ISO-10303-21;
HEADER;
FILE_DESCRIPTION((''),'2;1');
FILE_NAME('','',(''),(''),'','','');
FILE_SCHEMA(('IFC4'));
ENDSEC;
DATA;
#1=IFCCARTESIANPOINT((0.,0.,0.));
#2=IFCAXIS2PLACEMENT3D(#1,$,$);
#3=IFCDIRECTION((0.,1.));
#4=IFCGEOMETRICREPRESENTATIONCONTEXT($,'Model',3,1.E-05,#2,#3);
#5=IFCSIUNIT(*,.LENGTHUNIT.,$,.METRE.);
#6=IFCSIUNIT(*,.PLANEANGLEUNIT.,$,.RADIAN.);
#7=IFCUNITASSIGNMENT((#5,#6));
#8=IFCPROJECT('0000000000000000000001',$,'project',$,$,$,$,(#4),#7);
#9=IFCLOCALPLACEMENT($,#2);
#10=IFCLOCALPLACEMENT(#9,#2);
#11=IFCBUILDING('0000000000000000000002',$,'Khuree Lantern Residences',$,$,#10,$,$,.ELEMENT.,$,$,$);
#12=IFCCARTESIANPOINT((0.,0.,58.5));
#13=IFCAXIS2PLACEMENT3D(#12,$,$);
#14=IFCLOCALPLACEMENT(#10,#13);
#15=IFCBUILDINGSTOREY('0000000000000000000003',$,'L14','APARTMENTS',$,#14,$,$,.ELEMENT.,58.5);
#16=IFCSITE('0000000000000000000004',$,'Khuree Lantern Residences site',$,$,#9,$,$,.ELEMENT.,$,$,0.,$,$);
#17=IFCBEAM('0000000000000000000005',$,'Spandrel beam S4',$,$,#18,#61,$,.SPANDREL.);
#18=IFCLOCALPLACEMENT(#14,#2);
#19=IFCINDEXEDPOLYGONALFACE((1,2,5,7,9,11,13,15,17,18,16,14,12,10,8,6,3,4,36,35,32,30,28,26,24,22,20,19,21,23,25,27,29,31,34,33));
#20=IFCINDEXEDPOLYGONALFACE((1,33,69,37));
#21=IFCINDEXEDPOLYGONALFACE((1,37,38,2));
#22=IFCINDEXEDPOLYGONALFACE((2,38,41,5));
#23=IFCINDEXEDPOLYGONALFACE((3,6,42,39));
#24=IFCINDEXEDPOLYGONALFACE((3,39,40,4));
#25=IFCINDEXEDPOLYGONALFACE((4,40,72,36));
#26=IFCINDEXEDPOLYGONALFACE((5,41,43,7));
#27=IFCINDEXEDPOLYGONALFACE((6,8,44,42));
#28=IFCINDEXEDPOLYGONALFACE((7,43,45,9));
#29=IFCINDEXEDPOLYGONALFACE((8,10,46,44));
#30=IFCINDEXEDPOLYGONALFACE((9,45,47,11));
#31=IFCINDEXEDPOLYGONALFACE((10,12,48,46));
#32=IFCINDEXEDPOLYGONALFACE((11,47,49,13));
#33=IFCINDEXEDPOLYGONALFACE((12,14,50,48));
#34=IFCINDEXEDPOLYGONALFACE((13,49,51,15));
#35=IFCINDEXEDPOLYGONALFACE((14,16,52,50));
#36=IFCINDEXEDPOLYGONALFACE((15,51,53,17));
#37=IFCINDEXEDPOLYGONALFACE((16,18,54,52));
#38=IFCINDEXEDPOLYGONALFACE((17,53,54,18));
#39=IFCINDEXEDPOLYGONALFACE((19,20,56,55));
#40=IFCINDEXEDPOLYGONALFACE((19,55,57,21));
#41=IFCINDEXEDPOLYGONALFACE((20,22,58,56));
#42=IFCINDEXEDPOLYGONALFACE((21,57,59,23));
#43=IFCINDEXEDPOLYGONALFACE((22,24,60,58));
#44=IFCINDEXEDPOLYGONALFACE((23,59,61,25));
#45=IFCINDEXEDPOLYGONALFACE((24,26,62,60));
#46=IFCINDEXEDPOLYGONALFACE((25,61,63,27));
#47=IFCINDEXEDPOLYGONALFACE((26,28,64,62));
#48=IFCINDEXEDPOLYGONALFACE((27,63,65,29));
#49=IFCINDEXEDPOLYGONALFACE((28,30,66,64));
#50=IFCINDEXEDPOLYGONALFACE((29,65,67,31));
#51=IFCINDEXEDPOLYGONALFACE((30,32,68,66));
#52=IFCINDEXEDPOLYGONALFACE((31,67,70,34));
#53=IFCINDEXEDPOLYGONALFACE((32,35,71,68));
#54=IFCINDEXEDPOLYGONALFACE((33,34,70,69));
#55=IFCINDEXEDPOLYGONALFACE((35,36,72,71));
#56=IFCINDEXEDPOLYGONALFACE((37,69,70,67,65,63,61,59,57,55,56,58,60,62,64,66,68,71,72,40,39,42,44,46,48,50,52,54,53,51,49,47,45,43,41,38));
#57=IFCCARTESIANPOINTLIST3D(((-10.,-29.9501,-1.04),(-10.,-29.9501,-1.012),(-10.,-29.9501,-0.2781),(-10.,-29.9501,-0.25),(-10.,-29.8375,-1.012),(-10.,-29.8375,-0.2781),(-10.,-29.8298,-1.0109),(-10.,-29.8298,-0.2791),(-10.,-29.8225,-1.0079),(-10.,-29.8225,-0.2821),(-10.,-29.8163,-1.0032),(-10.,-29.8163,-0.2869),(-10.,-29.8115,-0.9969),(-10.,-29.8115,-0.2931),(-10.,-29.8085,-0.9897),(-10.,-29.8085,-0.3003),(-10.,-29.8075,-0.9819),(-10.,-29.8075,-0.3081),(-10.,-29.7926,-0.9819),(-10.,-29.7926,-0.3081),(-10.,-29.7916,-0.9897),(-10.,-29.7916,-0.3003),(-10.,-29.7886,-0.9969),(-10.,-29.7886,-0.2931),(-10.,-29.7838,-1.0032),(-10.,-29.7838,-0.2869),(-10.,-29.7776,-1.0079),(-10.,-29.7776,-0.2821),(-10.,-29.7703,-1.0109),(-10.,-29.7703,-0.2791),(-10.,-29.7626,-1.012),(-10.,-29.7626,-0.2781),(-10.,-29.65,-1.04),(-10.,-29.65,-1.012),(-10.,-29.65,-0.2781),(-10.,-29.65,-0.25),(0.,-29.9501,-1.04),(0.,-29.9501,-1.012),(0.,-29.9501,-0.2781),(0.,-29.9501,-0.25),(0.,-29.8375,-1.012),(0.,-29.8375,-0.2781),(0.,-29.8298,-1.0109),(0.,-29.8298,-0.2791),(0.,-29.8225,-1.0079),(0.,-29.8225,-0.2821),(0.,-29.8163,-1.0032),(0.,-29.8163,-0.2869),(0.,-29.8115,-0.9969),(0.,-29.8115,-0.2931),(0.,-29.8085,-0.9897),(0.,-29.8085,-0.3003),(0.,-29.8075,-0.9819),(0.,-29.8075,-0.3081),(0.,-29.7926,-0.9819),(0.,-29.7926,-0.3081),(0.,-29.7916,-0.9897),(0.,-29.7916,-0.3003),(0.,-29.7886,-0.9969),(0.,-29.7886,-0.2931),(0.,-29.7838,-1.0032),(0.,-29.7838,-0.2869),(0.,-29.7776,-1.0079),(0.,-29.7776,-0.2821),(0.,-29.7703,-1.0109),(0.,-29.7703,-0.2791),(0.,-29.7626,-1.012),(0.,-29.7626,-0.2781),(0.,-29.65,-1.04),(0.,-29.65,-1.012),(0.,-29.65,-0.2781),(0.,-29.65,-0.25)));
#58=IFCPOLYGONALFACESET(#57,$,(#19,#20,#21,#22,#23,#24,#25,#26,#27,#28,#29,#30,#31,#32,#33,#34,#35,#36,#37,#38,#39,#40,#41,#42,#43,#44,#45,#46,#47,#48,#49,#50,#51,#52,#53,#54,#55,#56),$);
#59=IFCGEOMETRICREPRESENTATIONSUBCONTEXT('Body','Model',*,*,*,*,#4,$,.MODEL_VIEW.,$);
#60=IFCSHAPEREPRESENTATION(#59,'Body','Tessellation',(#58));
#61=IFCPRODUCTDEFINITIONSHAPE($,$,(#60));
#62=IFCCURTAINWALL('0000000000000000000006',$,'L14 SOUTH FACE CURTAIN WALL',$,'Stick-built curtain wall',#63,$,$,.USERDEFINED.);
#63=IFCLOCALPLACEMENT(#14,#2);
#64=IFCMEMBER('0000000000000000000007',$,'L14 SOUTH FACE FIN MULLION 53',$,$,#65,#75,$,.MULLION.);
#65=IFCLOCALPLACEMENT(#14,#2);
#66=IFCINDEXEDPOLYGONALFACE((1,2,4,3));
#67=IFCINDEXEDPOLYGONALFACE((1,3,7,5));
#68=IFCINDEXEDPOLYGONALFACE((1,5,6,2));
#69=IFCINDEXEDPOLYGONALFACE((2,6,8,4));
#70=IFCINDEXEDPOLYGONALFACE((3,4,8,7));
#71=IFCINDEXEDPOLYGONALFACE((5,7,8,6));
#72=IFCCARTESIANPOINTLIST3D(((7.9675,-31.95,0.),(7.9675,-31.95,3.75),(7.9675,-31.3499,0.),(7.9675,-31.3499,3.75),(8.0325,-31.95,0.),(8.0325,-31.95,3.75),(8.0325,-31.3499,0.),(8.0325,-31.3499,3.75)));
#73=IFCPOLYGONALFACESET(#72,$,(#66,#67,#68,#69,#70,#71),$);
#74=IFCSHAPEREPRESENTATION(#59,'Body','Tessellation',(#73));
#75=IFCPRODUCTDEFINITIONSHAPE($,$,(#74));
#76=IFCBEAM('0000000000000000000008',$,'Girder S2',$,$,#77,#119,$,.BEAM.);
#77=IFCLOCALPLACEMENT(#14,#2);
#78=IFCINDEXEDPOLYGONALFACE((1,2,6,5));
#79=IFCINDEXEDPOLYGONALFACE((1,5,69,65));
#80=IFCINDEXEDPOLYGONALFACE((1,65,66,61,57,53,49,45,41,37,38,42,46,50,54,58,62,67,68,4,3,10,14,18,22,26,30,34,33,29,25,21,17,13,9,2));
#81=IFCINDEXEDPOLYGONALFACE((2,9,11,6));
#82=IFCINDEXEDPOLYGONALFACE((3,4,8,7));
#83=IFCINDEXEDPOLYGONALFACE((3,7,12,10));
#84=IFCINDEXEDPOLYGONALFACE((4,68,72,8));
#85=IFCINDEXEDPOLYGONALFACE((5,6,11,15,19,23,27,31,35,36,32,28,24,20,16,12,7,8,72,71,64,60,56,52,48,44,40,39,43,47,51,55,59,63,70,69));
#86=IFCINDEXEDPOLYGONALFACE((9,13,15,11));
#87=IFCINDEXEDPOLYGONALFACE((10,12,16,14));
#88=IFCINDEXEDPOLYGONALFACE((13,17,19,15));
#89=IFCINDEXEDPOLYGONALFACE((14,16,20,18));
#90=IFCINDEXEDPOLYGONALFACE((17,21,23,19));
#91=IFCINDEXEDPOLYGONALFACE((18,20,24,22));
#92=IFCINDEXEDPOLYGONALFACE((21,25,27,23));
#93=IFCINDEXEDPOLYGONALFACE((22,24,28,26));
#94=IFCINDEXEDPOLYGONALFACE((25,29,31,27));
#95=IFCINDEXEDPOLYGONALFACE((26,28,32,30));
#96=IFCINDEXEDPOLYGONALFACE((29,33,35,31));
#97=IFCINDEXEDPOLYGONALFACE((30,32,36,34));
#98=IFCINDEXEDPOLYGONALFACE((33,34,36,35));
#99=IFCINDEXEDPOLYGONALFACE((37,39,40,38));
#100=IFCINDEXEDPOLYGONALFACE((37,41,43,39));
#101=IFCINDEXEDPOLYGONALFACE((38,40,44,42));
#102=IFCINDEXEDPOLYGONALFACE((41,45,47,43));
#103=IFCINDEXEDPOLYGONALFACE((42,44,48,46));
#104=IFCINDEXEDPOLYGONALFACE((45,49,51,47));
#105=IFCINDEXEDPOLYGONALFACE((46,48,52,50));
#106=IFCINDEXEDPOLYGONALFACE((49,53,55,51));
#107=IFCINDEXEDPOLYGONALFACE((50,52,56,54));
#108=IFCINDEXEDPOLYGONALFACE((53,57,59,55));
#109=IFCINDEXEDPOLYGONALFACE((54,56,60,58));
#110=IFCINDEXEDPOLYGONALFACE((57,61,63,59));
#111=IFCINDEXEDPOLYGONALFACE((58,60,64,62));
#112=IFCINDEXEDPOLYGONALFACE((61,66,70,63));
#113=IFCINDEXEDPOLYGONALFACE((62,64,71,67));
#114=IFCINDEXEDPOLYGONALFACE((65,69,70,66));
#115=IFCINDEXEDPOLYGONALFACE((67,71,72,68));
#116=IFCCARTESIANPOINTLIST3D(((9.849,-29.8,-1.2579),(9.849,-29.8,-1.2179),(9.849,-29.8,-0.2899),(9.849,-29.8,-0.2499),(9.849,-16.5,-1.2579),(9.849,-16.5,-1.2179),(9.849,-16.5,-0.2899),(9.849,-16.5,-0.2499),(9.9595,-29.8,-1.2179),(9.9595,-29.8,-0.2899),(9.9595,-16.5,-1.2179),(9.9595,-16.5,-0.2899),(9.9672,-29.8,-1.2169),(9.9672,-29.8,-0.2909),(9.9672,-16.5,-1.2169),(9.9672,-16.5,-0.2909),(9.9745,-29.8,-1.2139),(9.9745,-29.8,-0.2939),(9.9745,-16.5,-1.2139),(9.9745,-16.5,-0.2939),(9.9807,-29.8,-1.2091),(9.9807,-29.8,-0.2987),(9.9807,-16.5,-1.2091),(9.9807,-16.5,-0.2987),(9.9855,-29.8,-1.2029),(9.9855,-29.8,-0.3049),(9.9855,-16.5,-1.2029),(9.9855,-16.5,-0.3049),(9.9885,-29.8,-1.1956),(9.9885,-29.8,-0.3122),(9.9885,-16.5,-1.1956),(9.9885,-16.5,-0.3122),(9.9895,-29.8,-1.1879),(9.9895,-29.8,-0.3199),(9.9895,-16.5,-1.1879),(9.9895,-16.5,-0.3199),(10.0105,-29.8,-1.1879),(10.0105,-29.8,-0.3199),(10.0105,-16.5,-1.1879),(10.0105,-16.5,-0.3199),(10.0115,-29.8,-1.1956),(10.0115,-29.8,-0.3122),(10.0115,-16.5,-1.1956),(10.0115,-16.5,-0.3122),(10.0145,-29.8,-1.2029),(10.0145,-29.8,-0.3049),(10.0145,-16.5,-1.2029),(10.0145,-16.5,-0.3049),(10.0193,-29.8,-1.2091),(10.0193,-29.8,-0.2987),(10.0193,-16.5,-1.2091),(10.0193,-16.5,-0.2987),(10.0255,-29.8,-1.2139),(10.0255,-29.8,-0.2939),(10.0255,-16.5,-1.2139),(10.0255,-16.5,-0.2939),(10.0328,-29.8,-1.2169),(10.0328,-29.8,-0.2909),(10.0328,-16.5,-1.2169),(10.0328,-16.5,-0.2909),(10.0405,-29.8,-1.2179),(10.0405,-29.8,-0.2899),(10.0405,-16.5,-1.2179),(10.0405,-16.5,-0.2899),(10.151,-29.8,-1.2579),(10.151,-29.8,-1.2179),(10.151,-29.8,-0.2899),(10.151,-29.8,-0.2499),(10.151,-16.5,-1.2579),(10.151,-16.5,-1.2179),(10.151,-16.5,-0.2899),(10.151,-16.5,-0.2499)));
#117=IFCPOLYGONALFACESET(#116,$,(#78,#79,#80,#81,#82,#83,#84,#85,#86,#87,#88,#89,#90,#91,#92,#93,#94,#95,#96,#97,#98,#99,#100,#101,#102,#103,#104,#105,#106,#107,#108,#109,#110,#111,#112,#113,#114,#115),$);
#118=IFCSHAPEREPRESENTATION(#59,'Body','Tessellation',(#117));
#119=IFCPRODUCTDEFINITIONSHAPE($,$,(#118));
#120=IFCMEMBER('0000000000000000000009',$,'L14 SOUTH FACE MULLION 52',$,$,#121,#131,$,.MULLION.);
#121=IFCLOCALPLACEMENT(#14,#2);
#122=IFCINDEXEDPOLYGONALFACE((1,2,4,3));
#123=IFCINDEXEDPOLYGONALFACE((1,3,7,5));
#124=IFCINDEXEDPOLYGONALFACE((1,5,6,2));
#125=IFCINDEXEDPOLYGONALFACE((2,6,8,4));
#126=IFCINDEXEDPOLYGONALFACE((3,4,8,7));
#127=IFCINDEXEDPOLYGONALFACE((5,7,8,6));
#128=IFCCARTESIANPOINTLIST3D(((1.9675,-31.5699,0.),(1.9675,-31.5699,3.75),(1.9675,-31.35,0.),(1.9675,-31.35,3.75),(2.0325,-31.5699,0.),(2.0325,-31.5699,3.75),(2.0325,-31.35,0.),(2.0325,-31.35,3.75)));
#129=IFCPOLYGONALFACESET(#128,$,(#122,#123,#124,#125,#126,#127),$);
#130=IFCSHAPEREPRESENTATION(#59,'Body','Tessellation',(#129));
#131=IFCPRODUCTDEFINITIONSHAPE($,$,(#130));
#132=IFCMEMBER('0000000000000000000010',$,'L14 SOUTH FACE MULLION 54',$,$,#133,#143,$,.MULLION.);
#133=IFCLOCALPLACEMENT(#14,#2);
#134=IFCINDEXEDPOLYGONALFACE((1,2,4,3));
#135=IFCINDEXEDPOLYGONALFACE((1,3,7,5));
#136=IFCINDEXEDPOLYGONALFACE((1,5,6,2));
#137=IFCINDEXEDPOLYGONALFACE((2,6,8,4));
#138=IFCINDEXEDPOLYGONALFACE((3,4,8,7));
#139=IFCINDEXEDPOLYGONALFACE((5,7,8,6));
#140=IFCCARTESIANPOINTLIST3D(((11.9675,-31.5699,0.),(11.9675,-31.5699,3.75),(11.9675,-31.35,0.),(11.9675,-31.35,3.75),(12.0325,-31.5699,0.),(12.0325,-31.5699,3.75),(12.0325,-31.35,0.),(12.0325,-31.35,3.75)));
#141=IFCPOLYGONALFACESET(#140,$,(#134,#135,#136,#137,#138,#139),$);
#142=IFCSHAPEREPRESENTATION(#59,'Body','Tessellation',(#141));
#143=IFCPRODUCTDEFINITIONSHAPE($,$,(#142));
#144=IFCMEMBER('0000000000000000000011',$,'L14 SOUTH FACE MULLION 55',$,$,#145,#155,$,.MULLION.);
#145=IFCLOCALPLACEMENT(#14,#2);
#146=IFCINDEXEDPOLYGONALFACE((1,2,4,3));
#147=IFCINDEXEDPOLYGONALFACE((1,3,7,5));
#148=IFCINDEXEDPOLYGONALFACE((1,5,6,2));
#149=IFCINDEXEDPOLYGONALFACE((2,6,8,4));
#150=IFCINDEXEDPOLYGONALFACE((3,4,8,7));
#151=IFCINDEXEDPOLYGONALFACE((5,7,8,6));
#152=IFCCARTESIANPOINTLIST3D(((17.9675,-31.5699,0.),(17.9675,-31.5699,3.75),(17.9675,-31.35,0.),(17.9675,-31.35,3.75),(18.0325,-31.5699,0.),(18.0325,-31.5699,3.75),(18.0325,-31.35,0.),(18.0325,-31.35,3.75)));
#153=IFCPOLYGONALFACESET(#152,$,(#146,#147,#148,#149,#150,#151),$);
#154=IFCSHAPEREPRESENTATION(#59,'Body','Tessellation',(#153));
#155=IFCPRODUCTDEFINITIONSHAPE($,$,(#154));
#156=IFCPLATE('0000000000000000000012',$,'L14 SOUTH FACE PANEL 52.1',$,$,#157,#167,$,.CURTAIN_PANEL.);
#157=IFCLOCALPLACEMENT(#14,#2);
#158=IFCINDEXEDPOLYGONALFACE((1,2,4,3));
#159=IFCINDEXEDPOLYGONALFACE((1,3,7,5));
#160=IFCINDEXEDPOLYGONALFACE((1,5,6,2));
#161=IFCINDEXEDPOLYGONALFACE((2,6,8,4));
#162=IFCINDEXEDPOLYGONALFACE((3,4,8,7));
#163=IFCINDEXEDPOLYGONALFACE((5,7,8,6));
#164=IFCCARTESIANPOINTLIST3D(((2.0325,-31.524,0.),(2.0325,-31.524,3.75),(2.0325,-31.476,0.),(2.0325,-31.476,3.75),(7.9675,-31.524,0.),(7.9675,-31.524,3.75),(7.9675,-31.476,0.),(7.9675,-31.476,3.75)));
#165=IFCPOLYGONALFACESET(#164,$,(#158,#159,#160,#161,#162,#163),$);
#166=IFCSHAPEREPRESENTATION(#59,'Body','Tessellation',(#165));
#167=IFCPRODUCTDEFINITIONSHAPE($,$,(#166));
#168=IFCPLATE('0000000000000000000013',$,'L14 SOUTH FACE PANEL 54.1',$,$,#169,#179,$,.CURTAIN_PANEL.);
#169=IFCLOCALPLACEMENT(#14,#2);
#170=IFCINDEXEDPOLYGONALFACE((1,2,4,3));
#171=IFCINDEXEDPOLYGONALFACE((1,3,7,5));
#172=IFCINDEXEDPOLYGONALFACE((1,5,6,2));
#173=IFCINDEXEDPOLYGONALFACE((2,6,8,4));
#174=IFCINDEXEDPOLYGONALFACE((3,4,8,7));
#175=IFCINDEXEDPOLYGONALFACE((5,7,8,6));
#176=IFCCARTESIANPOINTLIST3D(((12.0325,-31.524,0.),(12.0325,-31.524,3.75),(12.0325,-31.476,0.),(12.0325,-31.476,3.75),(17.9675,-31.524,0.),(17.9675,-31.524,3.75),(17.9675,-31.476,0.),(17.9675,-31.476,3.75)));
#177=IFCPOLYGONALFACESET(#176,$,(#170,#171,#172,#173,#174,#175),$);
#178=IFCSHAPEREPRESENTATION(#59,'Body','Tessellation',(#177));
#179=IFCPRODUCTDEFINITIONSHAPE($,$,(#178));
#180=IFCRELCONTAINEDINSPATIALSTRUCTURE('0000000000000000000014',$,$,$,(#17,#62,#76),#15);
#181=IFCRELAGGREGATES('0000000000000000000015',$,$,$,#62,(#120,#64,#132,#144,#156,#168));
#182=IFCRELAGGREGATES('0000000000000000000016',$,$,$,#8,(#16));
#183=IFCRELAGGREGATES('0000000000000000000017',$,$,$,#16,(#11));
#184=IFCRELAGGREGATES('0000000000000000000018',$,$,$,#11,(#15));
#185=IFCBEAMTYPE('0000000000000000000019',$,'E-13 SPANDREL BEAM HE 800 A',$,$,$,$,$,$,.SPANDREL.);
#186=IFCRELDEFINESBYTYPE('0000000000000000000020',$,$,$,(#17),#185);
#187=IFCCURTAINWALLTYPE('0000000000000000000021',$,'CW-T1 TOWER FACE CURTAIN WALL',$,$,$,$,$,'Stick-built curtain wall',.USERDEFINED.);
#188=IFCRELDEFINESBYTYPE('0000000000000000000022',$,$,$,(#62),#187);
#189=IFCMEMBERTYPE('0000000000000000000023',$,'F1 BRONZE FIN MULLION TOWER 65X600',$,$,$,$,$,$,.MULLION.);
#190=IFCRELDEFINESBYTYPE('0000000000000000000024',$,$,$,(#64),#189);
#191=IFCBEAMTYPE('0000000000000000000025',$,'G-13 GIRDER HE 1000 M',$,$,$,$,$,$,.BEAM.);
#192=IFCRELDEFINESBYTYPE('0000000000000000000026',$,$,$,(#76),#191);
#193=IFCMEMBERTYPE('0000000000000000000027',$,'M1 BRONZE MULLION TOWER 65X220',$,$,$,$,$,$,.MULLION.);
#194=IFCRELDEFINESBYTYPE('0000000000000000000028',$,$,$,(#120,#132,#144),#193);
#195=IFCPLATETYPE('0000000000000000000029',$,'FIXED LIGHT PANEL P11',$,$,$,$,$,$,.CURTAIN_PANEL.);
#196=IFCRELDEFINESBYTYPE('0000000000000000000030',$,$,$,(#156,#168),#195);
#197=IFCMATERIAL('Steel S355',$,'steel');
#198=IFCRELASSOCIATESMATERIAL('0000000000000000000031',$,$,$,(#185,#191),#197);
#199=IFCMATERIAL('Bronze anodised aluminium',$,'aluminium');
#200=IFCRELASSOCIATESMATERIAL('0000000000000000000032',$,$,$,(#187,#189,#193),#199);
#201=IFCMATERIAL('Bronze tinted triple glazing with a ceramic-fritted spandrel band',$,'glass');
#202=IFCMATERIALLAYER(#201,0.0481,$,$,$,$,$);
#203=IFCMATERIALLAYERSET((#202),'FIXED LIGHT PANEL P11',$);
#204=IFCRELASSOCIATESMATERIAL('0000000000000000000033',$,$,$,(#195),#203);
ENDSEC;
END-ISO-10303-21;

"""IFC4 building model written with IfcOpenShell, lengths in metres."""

from ifc_helpers import new_model, si_unit, direction, frame, origin, origin_2d, place, context, subcontext, project, spatial, rectangle, i_section, extrude, material, layer, layer_set, material_profile, profile_set, type_object, element, aggregate, save


model = new_model("IFC4")

# Units and contexts
model_context = context("Model", 3, precision=1e-05, world=origin(), true_north=direction((0.0, 1.0)))
body_context = subcontext(model_context, "Body", "Model", "MODEL_VIEW")
ifc_project = project(units=[si_unit("LENGTHUNIT", "METRE"), si_unit("PLANEANGLEUNIT", "RADIAN")], contexts=[model_context])

# Site, building, storey
site_placement = place(None, origin())
site = spatial("IfcSite", under=ifc_project, at=site_placement, Name="Khuree Lantern Residences site", CompositionType="ELEMENT", RefElevation=0.0)
building_placement = place(site_placement, origin())
building = spatial("IfcBuilding", under=site, at=building_placement, Name="Khuree Lantern Residences", CompositionType="ELEMENT")
storey_placement = place(building_placement, frame((0.0, 0.0, 58.5)))
storey = spatial("IfcBuildingStorey", under=building, at=storey_placement, Name="L14", Description="APARTMENTS", CompositionType="ELEMENT", Elevation=58.5)

# Beam
ifc_material_1 = material(Name="Steel S355", Category="steel")
ifc_material_profile_1 = material_profile(ifc_material_1, i_section(OverallWidth=0.3, OverallDepth=0.79, WebThickness=0.0149, FlangeThickness=0.0281, FilletRadius=0.03, at=origin_2d()), Name="HE 800 A")
ifc_profile_set_1 = profile_set([ifc_material_profile_1], Name="Steel S355")
beam_type_1 = type_object("IfcBeamType", Name="E-13 SPANDREL BEAM HE 800 A", PredefinedType="SPANDREL", material=ifc_profile_set_1)
for number, where, z_axis, x_axis, name in (
    (1, (0.0, -29.8, -0.645), (-1.0, 0.0, 0.0), (0.0, -1.0, 0.0), "Spandrel beam S4"),
):
    element("IfcBeam", number, at=place(storey_placement, frame(where, z_axis=z_axis, x_axis=x_axis)), inside=storey, type_object=beam_type_1, Name=name, PredefinedType="SPANDREL", context=body_context, shape_type="SweptSolid", body=[
        extrude(i_section(OverallWidth=0.3, OverallDepth=0.79, WebThickness=0.0149, FlangeThickness=0.0281, FilletRadius=0.03, at=origin_2d()), origin(), (0.0, 0.0, 1.0), 10.0),
    ])

# Curtain wall, member
ifc_material_2 = material(Name="Bronze anodised aluminium", Category="aluminium")
curtain_wall_type = type_object("IfcCurtainWallType", Name="CW-T1 TOWER FACE CURTAIN WALL", ElementType="Stick-built curtain wall", PredefinedType="USERDEFINED", material=ifc_material_2)
curtain_wall_placement = place(storey_placement, origin())
curtain_wall = element("IfcCurtainWall", 2, at=curtain_wall_placement, inside=storey, type_object=curtain_wall_type, Name="L14 SOUTH FACE CURTAIN WALL", ObjectType="Stick-built curtain wall", PredefinedType="USERDEFINED")
ifc_material_profile_2 = material_profile(ifc_material_2, rectangle(XDim=0.0649, YDim=0.6001, at=origin_2d()), Name="F1 65X600")
ifc_profile_set_2 = profile_set([ifc_material_profile_2], Name="Bronze anodised aluminium")
member_type_1 = type_object("IfcMemberType", Name="F1 BRONZE FIN MULLION TOWER 65X600", PredefinedType="MULLION", material=ifc_profile_set_2)
member_1_placement = place(storey_placement, frame((8.0, -31.6499, 0.0), z_axis=(0.0, 0.0, 1.0), x_axis=(1.0, 0.0, 0.0)))
member_1 = element("IfcMember", 3, at=member_1_placement, type_object=member_type_1, Name="L14 SOUTH FACE FIN MULLION 53", PredefinedType="MULLION", context=body_context, shape_type="SweptSolid", body=[
    extrude(rectangle(XDim=0.0649, YDim=0.6001, at=origin_2d()), origin(), (0.0, 0.0, 1.0), 3.75),
])

# Beam
ifc_material_profile_3 = material_profile(ifc_material_1, i_section(OverallWidth=0.302, OverallDepth=1.0081, WebThickness=0.021, FlangeThickness=0.04, FilletRadius=0.03, at=origin_2d()), Name="HE 1000 M")
ifc_profile_set_3 = profile_set([ifc_material_profile_3], Name="Steel S355")
beam_type_2 = type_object("IfcBeamType", Name="G-13 GIRDER HE 1000 M", PredefinedType="BEAM", material=ifc_profile_set_3)
beam_placement = place(storey_placement, frame((10.0, -29.8, -0.7539), z_axis=(0.0, 1.0, 0.0), x_axis=(-1.0, 0.0, 0.0)))
element("IfcBeam", 4, at=beam_placement, inside=storey, type_object=beam_type_2, Name="Girder S2", PredefinedType="BEAM", context=body_context, shape_type="SweptSolid", body=[
    extrude(i_section(OverallWidth=0.302, OverallDepth=1.0081, WebThickness=0.021, FlangeThickness=0.04, FilletRadius=0.03, at=origin_2d()), origin(), (0.0, 0.0, 1.0), 13.3),
])

# Members
ifc_material_profile_4 = material_profile(ifc_material_2, rectangle(XDim=0.0649, YDim=0.22, at=origin_2d()), Name="M1 65X220")
ifc_profile_set_4 = profile_set([ifc_material_profile_4], Name="Bronze anodised aluminium")
member_type_2 = type_object("IfcMemberType", Name="M1 BRONZE MULLION TOWER 65X220", PredefinedType="MULLION", material=ifc_profile_set_4)
member_2_placement = place(storey_placement, frame((2.0, -31.46, 0.0), z_axis=(0.0, 0.0, 1.0), x_axis=(1.0, 0.0, 0.0)))
member_2 = element("IfcMember", 5, at=member_2_placement, type_object=member_type_2, Name="L14 SOUTH FACE MULLION 52", PredefinedType="MULLION", context=body_context, shape_type="SweptSolid", body=[
    extrude(rectangle(XDim=0.0649, YDim=0.22, at=origin_2d()), origin(), (0.0, 0.0, 1.0), 3.75),
])
member_3_placement = place(storey_placement, frame((12.0, -31.46, 0.0), z_axis=(0.0, 0.0, 1.0), x_axis=(1.0, 0.0, 0.0)))
member_3 = element("IfcMember", 6, at=member_3_placement, type_object=member_type_2, Name="L14 SOUTH FACE MULLION 54", PredefinedType="MULLION", context=body_context, shape_type="SweptSolid", body=[
    extrude(rectangle(XDim=0.0649, YDim=0.22, at=origin_2d()), origin(), (0.0, 0.0, 1.0), 3.75),
])
member_4_placement = place(storey_placement, frame((18.0, -31.46, 0.0), z_axis=(0.0, 0.0, 1.0), x_axis=(1.0, 0.0, 0.0)))
member_4 = element("IfcMember", 7, at=member_4_placement, type_object=member_type_2, Name="L14 SOUTH FACE MULLION 55", PredefinedType="MULLION", context=body_context, shape_type="SweptSolid", body=[
    extrude(rectangle(XDim=0.0649, YDim=0.22, at=origin_2d()), origin(), (0.0, 0.0, 1.0), 3.75),
])

# Plates
ifc_material_3 = material(Name="Bronze tinted triple glazing with a ceramic-fritted spandrel band", Category="glass")
ifc_layer_1 = layer(ifc_material_3, 0.0481)
ifc_layer_set_1 = layer_set([ifc_layer_1], Name="FIXED LIGHT PANEL P11")
plate_type_1 = type_object("IfcPlateType", Name="FIXED LIGHT PANEL P11", PredefinedType="CURTAIN_PANEL", material=ifc_layer_set_1)
plate_1_placement = place(storey_placement, frame((5.0, -31.5, 0.0), z_axis=(0.0, 0.0, 1.0), x_axis=(1.0, 0.0, 0.0)))
plate_1 = element("IfcPlate", 8, at=plate_1_placement, type_object=plate_type_1, Name="L14 SOUTH FACE PANEL 52.1", PredefinedType="CURTAIN_PANEL", context=body_context, shape_type="SweptSolid", body=[
    extrude(rectangle(XDim=5.9351, YDim=0.0481, at=origin_2d()), origin(), (0.0, 0.0, 1.0), 3.75),
])
plate_2_placement = place(storey_placement, frame((15.0, -31.5, 0.0), z_axis=(0.0, 0.0, 1.0), x_axis=(1.0, 0.0, 0.0)))
plate_2 = element("IfcPlate", 9, at=plate_2_placement, type_object=plate_type_1, Name="L14 SOUTH FACE PANEL 54.1", PredefinedType="CURTAIN_PANEL", context=body_context, shape_type="SweptSolid", body=[
    extrude(rectangle(XDim=5.9351, YDim=0.0481, at=origin_2d()), origin(), (0.0, 0.0, 1.0), 3.75),
])
aggregate(curtain_wall, [member_2, member_1, member_3, member_4, plate_1, plate_2])

save(model, "model.ifc")
